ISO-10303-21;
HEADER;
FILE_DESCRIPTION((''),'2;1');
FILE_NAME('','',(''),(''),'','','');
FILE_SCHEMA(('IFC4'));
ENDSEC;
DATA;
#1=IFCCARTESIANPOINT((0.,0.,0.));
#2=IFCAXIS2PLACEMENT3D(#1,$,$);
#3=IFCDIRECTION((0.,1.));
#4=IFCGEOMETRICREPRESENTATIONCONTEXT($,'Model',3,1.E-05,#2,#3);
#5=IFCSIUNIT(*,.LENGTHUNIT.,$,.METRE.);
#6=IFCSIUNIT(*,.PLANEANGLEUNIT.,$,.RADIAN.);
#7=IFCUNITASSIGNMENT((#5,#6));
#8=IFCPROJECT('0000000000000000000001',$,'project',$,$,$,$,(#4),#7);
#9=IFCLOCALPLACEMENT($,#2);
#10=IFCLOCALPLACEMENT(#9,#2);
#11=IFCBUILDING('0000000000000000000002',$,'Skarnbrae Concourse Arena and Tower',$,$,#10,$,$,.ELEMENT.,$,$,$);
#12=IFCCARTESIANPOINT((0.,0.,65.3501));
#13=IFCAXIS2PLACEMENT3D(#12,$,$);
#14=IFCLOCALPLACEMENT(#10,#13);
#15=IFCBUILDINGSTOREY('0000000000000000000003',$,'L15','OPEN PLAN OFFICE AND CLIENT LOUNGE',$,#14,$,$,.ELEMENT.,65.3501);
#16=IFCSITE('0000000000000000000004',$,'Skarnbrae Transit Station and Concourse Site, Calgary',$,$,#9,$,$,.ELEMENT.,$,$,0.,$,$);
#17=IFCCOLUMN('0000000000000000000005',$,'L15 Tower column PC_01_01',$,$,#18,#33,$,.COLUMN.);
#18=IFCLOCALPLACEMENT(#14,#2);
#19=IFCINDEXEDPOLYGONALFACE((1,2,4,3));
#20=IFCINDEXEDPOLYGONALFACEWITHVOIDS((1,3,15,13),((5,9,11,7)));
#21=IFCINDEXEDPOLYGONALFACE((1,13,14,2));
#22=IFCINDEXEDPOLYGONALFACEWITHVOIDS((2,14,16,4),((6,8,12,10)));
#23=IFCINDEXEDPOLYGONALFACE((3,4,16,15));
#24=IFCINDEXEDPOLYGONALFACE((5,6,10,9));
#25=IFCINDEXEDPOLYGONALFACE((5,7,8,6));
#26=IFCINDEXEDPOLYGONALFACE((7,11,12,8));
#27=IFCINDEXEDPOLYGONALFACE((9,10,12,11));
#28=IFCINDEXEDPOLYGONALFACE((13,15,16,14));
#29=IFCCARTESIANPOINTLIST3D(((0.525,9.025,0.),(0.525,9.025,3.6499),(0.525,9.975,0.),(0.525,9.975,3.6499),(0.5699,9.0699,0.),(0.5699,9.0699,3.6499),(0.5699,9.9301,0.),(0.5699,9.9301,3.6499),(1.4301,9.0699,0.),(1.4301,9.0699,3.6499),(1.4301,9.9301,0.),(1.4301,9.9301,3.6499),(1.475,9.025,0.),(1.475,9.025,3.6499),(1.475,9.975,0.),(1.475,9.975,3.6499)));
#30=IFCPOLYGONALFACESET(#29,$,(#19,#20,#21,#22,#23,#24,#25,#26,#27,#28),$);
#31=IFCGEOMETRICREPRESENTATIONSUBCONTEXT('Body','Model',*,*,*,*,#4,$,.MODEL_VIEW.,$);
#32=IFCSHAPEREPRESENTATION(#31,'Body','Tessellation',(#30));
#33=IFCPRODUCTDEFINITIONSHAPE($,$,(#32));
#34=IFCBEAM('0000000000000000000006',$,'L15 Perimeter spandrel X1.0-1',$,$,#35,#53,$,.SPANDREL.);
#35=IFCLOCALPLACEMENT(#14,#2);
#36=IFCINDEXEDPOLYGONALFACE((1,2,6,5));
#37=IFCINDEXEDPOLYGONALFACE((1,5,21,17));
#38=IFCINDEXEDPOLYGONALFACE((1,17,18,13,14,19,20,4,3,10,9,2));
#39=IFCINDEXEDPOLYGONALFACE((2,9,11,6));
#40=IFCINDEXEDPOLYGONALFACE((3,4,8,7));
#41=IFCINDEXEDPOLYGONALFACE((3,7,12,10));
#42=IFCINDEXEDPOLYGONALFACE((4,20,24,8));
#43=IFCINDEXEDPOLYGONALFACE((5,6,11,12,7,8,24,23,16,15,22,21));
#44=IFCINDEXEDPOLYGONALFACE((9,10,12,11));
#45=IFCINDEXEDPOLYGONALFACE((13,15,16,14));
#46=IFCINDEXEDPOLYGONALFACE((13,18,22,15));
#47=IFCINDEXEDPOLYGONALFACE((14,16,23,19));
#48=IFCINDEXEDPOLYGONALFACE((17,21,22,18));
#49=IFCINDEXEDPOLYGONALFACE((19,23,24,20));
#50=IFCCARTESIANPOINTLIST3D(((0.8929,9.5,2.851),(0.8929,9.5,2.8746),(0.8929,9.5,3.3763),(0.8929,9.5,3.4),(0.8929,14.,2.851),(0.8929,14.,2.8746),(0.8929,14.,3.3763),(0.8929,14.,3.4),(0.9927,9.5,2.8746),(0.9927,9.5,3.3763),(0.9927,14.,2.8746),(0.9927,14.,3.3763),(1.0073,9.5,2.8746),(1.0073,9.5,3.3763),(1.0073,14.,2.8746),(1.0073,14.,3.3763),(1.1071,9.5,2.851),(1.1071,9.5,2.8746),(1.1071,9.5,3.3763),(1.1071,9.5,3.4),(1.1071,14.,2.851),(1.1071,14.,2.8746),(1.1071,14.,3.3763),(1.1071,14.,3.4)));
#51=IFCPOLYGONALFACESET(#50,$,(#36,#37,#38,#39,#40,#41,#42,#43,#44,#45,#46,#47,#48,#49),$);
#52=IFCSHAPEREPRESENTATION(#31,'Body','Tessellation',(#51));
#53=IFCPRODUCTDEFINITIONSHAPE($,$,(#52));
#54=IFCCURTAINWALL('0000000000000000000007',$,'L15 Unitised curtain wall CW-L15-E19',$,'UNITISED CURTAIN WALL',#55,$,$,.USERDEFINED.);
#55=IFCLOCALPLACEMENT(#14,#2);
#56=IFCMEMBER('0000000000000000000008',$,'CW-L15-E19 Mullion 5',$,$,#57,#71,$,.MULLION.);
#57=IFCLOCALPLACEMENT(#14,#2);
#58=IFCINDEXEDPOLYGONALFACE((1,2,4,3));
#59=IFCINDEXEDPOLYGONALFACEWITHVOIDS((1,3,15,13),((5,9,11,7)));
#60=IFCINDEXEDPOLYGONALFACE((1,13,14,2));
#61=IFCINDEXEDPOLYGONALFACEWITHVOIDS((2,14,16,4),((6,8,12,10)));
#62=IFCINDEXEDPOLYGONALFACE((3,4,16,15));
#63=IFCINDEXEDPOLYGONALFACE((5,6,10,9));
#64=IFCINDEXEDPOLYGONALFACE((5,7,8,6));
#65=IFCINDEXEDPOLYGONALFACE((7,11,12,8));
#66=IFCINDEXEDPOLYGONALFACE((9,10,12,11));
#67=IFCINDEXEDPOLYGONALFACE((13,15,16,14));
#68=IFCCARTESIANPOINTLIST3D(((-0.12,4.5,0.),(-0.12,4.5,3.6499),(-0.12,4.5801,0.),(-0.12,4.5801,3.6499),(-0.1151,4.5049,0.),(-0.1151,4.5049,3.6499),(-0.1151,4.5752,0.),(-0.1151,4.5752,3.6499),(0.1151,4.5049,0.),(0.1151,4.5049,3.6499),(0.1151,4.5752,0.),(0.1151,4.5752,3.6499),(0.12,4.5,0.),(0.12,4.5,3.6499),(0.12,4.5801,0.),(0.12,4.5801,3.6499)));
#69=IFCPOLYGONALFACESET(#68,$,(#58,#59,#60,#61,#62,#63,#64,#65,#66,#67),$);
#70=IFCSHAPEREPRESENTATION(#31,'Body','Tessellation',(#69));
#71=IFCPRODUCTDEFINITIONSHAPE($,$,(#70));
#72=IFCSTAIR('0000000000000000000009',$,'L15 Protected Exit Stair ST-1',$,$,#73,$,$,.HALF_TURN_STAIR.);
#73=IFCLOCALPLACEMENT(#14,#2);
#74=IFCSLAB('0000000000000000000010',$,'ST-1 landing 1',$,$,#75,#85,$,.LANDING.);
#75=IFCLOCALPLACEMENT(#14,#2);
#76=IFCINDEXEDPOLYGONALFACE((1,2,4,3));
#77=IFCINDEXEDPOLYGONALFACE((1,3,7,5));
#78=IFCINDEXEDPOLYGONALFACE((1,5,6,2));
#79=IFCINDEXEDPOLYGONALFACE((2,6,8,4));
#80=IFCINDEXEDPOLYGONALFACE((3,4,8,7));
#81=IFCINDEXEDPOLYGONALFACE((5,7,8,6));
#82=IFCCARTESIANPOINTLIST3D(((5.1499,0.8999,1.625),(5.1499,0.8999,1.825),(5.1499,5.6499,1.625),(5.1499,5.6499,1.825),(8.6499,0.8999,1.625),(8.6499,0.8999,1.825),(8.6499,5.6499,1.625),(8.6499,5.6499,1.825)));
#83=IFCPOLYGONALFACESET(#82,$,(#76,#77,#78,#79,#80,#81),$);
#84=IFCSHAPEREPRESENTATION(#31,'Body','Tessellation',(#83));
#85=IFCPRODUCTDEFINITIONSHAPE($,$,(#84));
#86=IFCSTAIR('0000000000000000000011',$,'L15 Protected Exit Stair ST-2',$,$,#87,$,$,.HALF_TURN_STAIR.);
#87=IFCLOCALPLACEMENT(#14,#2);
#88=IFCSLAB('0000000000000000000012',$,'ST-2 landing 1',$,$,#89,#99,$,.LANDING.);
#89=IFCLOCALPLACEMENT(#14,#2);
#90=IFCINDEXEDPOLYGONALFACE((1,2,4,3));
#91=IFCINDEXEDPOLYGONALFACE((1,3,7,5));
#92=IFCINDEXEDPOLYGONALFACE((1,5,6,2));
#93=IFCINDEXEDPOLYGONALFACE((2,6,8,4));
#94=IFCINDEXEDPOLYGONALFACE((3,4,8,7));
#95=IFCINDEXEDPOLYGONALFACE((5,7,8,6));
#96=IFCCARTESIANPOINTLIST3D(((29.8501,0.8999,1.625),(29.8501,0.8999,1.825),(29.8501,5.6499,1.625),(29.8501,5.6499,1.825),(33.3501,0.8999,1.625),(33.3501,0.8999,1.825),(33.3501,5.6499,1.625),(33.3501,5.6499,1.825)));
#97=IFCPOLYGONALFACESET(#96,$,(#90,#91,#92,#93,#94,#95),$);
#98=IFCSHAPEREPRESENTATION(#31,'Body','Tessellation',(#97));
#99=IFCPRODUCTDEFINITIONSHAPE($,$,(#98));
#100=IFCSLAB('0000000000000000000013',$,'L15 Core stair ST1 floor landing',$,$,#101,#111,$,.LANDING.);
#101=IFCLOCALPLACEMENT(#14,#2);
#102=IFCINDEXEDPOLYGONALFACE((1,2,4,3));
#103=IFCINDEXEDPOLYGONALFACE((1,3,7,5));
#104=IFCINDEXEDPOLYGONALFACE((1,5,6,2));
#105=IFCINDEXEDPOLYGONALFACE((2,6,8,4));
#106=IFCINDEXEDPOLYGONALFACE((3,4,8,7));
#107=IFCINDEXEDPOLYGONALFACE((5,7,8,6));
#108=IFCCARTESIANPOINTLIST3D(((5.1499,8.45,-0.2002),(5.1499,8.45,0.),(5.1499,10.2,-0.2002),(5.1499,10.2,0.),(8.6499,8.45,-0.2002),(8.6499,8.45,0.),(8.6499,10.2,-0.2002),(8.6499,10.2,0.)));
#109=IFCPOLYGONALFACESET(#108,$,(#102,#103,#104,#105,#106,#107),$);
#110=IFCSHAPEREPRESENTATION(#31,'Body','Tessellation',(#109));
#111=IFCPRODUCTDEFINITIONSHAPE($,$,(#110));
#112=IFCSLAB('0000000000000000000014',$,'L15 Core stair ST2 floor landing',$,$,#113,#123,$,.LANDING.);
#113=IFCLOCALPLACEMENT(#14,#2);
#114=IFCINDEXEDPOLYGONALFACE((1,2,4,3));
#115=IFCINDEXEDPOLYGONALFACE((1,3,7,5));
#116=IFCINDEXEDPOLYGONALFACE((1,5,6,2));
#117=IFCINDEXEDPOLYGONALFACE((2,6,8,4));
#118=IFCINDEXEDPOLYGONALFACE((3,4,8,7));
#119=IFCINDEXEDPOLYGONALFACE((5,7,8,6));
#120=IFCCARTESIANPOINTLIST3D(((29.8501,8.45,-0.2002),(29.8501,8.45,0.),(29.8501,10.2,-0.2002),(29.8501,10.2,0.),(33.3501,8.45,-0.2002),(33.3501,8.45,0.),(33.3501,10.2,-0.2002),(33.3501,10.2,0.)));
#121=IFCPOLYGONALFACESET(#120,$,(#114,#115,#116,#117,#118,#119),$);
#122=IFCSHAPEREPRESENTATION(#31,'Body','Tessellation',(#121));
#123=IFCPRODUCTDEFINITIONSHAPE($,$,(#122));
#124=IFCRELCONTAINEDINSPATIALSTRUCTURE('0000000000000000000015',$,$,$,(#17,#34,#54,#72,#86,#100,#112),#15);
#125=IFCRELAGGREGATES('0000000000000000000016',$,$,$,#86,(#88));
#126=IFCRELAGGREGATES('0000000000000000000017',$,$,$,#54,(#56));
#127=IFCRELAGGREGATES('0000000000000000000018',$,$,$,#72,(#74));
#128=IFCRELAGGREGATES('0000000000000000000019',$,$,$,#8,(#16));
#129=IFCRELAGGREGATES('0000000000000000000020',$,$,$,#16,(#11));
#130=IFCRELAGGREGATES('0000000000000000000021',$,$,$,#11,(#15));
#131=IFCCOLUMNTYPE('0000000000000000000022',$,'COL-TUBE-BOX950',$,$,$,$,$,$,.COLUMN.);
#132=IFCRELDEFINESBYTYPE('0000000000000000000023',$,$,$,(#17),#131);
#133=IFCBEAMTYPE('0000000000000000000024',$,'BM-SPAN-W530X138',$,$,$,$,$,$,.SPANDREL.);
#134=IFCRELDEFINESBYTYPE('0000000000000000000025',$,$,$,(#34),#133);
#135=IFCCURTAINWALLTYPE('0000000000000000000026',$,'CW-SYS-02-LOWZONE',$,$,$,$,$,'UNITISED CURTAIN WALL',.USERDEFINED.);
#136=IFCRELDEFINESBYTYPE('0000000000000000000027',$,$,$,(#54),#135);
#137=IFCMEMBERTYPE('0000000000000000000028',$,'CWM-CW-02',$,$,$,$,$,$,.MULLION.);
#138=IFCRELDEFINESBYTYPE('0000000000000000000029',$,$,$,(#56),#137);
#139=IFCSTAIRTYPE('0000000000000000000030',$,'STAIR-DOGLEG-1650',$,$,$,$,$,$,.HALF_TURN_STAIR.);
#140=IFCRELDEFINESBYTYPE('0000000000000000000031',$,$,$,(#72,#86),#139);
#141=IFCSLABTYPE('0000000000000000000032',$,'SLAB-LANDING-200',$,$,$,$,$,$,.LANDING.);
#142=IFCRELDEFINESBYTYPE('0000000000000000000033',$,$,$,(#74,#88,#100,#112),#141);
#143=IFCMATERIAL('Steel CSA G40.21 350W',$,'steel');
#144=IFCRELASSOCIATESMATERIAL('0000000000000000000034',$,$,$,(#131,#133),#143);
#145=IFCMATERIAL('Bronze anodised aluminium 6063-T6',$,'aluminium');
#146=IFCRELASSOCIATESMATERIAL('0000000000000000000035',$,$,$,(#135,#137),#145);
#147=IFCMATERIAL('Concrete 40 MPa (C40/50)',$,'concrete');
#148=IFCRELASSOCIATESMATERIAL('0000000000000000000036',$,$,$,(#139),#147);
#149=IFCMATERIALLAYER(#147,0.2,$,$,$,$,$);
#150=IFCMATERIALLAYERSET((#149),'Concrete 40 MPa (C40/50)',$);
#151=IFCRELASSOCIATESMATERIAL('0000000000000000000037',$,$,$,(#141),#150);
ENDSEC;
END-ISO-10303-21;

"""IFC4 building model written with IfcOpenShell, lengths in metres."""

from ifc_helpers import new_model, si_unit, direction, frame, origin, origin_2d, place, context, subcontext, project, spatial, polyline, hollow_rectangle, i_section, outline, extrude, source, transform, mapped, material, layer, layer_set, material_profile, profile_set, type_object, element, aggregate, save


model = new_model("IFC4")

# Units and contexts
model_context = context("Model", 3, precision=1e-05, world=origin(), true_north=direction((0.0, 1.0)))
body_context = subcontext(model_context, "Body", "Model", "MODEL_VIEW")
ifc_project = project(units=[si_unit("LENGTHUNIT", "METRE"), si_unit("PLANEANGLEUNIT", "RADIAN")], contexts=[model_context])

# Site, building, storey
site_placement = place(None, origin())
site = spatial("IfcSite", under=ifc_project, at=site_placement, Name="Skarnbrae Transit Station and Concourse Site, Calgary", CompositionType="ELEMENT", RefElevation=0.0)
building_placement = place(site_placement, origin())
building = spatial("IfcBuilding", under=site, at=building_placement, Name="Skarnbrae Concourse Arena and Tower", CompositionType="ELEMENT")
storey_placement = place(building_placement, frame((0.0, 0.0, 65.3501)))
storey = spatial("IfcBuildingStorey", under=building, at=storey_placement, Name="L15", Description="OPEN PLAN OFFICE AND CLIENT LOUNGE", CompositionType="ELEMENT", Elevation=65.3501)

# Column
ifc_material_1 = material(Name="Steel CSA G40.21 350W", Category="steel")
ifc_material_profile_1 = material_profile(ifc_material_1, hollow_rectangle(XDim=0.95, YDim=0.95, WallThickness=0.0449, at=origin_2d()), Name="BOX950X950X45")
ifc_profile_set_1 = profile_set([ifc_material_profile_1], Name="Steel CSA G40.21 350W")
column_type = type_object("IfcColumnType", Name="COL-TUBE-BOX950", PredefinedType="COLUMN", material=ifc_profile_set_1)
shared_shape_1 = source(origin(), body_context, "Body", "SweptSolid", [
    extrude(hollow_rectangle(XDim=0.95, YDim=0.95, WallThickness=0.0449, at=origin_2d()), origin(), (0.0, 0.0, 1.0), 3.6499),
])
column_placement = place(storey_placement, frame((1.0, 9.5, 0.0), z_axis=(0.0, 0.0, 1.0), x_axis=(1.0, 0.0, 0.0)))
element("IfcColumn", 1, at=column_placement, inside=storey, type_object=column_type, Name="L15 Tower column PC_01_01", PredefinedType="COLUMN", context=body_context, shape_type="MappedRepresentation", body=[
    mapped(shared_shape_1, transform((0.0, 0.0, 0.0))),
])

# Beam
ifc_material_profile_2 = material_profile(ifc_material_1, i_section(OverallWidth=0.2141, OverallDepth=0.5491, WebThickness=0.0146, FlangeThickness=0.0237, at=origin_2d()), Name="W530X138")
ifc_profile_set_2 = profile_set([ifc_material_profile_2], Name="Steel CSA G40.21 350W")
beam_type = type_object("IfcBeamType", Name="BM-SPAN-W530X138", PredefinedType="SPANDREL", material=ifc_profile_set_2)
shared_shape_2 = source(origin(), body_context, "Body", "SweptSolid", [
    extrude(i_section(OverallWidth=0.2141, OverallDepth=0.5491, WebThickness=0.0146, FlangeThickness=0.0237, at=origin_2d()), origin(), (0.0, 0.0, 1.0), 4.5),
])
beam_placement = place(storey_placement, frame((1.0, 9.5, 3.1255), z_axis=(0.0, 1.0, 0.0), x_axis=(-1.0, 0.0, 0.0)))
element("IfcBeam", 2, at=beam_placement, inside=storey, type_object=beam_type, Name="L15 Perimeter spandrel X1.0-1", PredefinedType="SPANDREL", context=body_context, shape_type="MappedRepresentation", body=[
    mapped(shared_shape_2, transform((0.0, 0.0, 0.0))),
])

# Curtain wall, member
ifc_material_2 = material(Name="Bronze anodised aluminium 6063-T6", Category="aluminium")
curtain_wall_type = type_object("IfcCurtainWallType", Name="CW-SYS-02-LOWZONE", ElementType="UNITISED CURTAIN WALL", PredefinedType="USERDEFINED", material=ifc_material_2)
curtain_wall_placement = place(storey_placement, origin())
curtain_wall = element("IfcCurtainWall", 3, at=curtain_wall_placement, inside=storey, type_object=curtain_wall_type, Name="L15 Unitised curtain wall CW-L15-E19", ObjectType="UNITISED CURTAIN WALL", PredefinedType="USERDEFINED")
ifc_material_profile_3 = material_profile(ifc_material_2, hollow_rectangle(XDim=0.0801, YDim=0.24, WallThickness=0.0049, at=origin_2d()), Name="ALU-MULL-80X240")
ifc_profile_set_3 = profile_set([ifc_material_profile_3], Name="Bronze anodised aluminium 6063-T6")
member_type = type_object("IfcMemberType", Name="CWM-CW-02", PredefinedType="MULLION", material=ifc_profile_set_3)
shared_shape_3 = source(origin(), body_context, "Body", "SweptSolid", [
    extrude(hollow_rectangle(XDim=0.0801, YDim=0.24, WallThickness=0.0049, at=origin_2d()), origin(), (0.0, 0.0, 1.0), 3.6499),
])
member_placement = place(storey_placement, frame((0.0, 4.54, 0.0), z_axis=(0.0, 0.0, 1.0), x_axis=(0.0, -1.0, 0.0)))
member = element("IfcMember", 4, at=member_placement, type_object=member_type, Name="CW-L15-E19 Mullion 5", PredefinedType="MULLION", context=body_context, shape_type="MappedRepresentation", body=[
    mapped(shared_shape_3, transform((0.0, 0.0, 0.0))),
])

# Stairs, slabs
ifc_material_3 = material(Name="Concrete 40 MPa (C40/50)", Category="concrete")
stair_type = type_object("IfcStairType", Name="STAIR-DOGLEG-1650", PredefinedType="HALF_TURN_STAIR", material=ifc_material_3)
stair_1_placement = place(storey_placement, origin())
stair_1 = element("IfcStair", 5, at=stair_1_placement, inside=storey, type_object=stair_type, Name="L15 Protected Exit Stair ST-1", PredefinedType="HALF_TURN_STAIR")
ifc_layer_1 = layer(ifc_material_3, 0.2)
ifc_layer_set_1 = layer_set([ifc_layer_1], Name="Concrete 40 MPa (C40/50)")
slab_type_1 = type_object("IfcSlabType", Name="SLAB-LANDING-200", PredefinedType="LANDING", material=ifc_layer_set_1)
slab_1_placement = place(storey_placement, frame((0.0, 0.0, 1.625)))
slab_1 = element("IfcSlab", 6, at=slab_1_placement, type_object=slab_type_1, Name="ST-1 landing 1", PredefinedType="LANDING", context=body_context, shape_type="SweptSolid", body=[
    extrude(outline(polyline([(5.1499, 5.6499), (5.1499, 0.8999), (8.6499, 0.8999), (8.6499, 5.6499), (5.1499, 5.6499)])), origin(), (0.0, 0.0, 1.0), 0.2),
])
stair_2_placement = place(storey_placement, origin())
stair_2 = element("IfcStair", 7, at=stair_2_placement, inside=storey, type_object=stair_type, Name="L15 Protected Exit Stair ST-2", PredefinedType="HALF_TURN_STAIR")
slab_2_placement = place(storey_placement, frame((0.0, 0.0, 1.625)))
slab_2 = element("IfcSlab", 8, at=slab_2_placement, type_object=slab_type_1, Name="ST-2 landing 1", PredefinedType="LANDING", context=body_context, shape_type="SweptSolid", body=[
    extrude(outline(polyline([(29.8501, 5.6499), (29.8501, 0.8999), (33.3501, 0.8999), (33.3501, 5.6499), (29.8501, 5.6499)])), origin(), (0.0, 0.0, 1.0), 0.2),
])
aggregate(stair_2, [slab_2])

# Slabs
slab_3_placement = place(storey_placement, frame((0.0, 0.0, -0.2002)))
element("IfcSlab", 9, at=slab_3_placement, inside=storey, type_object=slab_type_1, Name="L15 Core stair ST1 floor landing", PredefinedType="LANDING", context=body_context, shape_type="SweptSolid", body=[
    extrude(outline(polyline([(5.1499, 10.2), (5.1499, 8.45), (8.6499, 8.45), (8.6499, 10.2), (5.1499, 10.2)])), origin(), (0.0, 0.0, 1.0), 0.2002),
])
slab_4_placement = place(storey_placement, frame((0.0, 0.0, -0.2002)))
element("IfcSlab", 10, at=slab_4_placement, inside=storey, type_object=slab_type_1, Name="L15 Core stair ST2 floor landing", PredefinedType="LANDING", context=body_context, shape_type="SweptSolid", body=[
    extrude(outline(polyline([(29.8501, 10.2), (29.8501, 8.45), (33.3501, 8.45), (33.3501, 10.2), (29.8501, 10.2)])), origin(), (0.0, 0.0, 1.0), 0.2002),
])

aggregate(curtain_wall, [member])

aggregate(stair_1, [slab_1])

save(model, "model.ifc")
